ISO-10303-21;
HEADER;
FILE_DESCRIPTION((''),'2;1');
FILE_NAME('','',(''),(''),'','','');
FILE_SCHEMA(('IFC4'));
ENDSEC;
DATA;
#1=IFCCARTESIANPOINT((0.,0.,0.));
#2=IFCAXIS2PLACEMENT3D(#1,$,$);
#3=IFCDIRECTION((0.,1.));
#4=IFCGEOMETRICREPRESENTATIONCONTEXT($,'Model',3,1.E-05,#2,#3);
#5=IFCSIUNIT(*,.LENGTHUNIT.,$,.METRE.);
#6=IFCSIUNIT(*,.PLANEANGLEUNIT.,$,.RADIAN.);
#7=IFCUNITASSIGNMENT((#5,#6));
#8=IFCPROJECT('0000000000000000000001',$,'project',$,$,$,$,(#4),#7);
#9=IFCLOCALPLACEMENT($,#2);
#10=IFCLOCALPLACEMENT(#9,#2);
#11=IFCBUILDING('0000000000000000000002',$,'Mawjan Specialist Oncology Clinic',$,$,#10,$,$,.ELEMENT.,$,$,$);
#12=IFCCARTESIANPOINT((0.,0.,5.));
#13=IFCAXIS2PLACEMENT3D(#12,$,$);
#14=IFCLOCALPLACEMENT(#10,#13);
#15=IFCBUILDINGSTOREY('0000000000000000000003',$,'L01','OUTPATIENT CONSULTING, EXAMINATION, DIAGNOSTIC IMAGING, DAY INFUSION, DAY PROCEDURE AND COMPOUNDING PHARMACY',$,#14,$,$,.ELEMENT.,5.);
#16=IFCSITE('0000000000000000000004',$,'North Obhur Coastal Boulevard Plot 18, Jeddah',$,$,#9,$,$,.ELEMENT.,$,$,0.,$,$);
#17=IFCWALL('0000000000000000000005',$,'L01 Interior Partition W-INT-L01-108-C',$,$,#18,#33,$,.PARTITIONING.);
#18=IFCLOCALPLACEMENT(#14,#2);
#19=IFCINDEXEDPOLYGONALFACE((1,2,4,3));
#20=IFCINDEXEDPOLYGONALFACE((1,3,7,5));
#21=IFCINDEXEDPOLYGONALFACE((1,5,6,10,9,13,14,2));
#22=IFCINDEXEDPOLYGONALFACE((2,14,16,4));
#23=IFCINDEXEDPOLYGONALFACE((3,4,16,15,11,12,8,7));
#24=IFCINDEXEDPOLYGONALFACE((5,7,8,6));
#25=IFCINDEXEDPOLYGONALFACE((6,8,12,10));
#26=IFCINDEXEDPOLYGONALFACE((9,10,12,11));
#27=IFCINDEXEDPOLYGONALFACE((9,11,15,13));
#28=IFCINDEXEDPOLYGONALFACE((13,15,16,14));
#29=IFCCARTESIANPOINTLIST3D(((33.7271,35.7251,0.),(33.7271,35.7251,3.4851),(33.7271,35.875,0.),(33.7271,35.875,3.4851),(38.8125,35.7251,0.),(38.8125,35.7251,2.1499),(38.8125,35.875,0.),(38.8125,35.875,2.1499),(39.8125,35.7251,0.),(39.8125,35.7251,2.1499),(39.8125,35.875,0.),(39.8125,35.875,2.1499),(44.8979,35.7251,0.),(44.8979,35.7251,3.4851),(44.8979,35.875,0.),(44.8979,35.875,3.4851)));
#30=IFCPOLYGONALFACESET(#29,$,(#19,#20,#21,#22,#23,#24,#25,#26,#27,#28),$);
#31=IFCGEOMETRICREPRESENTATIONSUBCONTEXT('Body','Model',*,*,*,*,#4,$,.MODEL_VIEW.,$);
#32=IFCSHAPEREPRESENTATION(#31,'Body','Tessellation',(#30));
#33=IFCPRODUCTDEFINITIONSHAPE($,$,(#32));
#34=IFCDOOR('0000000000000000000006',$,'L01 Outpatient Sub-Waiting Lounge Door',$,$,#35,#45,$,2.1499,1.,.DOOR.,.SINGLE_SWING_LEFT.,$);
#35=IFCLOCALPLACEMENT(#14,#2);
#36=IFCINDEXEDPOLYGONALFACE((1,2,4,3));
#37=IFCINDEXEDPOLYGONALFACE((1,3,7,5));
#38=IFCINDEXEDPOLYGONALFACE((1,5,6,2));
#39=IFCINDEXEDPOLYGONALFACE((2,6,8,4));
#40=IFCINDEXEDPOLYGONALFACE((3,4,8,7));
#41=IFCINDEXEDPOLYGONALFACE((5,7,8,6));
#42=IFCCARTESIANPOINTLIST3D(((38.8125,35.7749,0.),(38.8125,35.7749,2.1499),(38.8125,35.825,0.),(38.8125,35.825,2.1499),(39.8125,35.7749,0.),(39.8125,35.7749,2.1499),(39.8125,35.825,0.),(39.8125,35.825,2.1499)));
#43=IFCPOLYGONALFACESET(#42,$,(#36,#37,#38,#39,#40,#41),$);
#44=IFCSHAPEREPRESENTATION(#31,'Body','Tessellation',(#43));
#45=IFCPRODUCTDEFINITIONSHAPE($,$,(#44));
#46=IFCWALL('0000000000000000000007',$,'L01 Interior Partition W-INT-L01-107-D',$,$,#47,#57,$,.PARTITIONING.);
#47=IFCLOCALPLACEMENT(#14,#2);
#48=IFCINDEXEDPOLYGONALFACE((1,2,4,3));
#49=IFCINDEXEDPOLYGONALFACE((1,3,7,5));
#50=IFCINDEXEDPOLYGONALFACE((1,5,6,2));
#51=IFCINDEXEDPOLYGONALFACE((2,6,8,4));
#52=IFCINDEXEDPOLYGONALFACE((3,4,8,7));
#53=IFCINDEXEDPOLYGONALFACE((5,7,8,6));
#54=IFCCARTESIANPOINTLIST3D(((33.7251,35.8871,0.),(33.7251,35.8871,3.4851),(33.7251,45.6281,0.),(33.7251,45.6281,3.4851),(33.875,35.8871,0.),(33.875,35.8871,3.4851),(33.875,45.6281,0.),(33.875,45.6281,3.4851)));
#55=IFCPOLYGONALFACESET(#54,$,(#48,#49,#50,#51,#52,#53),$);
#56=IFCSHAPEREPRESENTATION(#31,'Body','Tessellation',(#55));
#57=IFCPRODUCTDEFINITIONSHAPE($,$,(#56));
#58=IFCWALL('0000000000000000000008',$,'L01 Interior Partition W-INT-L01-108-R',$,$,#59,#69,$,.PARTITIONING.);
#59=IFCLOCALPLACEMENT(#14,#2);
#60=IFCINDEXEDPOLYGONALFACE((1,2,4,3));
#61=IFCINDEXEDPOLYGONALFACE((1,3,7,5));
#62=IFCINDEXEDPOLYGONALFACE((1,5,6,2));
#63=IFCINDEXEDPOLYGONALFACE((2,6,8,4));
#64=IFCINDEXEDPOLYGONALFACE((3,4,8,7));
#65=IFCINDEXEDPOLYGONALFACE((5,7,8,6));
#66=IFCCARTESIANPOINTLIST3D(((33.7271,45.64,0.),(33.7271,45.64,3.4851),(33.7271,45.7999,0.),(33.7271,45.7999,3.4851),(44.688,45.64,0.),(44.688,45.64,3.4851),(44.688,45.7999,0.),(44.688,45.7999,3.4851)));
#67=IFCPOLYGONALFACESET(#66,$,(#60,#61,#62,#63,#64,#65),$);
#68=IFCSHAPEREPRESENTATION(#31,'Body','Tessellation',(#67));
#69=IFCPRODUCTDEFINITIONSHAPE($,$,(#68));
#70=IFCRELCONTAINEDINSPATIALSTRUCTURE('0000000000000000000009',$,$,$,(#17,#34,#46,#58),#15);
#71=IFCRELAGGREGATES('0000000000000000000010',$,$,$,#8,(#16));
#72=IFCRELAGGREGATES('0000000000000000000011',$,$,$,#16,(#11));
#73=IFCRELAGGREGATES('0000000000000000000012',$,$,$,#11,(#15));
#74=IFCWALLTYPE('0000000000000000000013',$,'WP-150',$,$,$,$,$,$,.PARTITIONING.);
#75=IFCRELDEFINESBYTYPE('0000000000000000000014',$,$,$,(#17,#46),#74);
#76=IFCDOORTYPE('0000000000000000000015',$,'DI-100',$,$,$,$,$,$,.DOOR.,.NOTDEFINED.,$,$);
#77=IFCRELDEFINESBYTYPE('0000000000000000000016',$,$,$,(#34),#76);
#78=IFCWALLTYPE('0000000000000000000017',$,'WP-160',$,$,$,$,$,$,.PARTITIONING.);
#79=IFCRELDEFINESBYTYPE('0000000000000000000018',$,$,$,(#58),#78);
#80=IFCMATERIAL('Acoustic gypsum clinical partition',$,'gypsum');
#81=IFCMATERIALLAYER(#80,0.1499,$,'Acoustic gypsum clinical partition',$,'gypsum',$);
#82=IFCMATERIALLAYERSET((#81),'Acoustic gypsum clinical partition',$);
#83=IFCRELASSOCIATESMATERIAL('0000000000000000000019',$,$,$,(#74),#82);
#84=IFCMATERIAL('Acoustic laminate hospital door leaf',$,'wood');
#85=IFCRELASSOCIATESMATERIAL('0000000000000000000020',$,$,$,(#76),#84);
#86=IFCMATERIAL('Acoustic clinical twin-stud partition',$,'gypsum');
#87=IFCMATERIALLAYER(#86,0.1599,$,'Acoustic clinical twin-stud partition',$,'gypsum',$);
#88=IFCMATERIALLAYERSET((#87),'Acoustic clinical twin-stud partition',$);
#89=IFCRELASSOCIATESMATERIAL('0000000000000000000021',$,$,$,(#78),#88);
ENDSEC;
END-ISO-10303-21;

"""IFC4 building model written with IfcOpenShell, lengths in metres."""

from ifc_helpers import new_model, si_unit, direction, frame, frame_2d, origin, place, context, subcontext, project, spatial, rectangle, extrude, material, layer, layer_set, type_object, element, fill, save


model = new_model("IFC4")

# Units and contexts
model_context = context("Model", 3, precision=1e-05, world=origin(), true_north=direction((0.0, 1.0)))
body_context = subcontext(model_context, "Body", "Model", "MODEL_VIEW")
ifc_project = project(units=[si_unit("LENGTHUNIT", "METRE"), si_unit("PLANEANGLEUNIT", "RADIAN")], contexts=[model_context])

# Site, building, storey
site_placement = place(None, origin())
site = spatial("IfcSite", under=ifc_project, at=site_placement, Name="North Obhur Coastal Boulevard Plot 18, Jeddah", CompositionType="ELEMENT", RefElevation=0.0)
building_placement = place(site_placement, origin())
building = spatial("IfcBuilding", under=site, at=building_placement, Name="Mawjan Specialist Oncology Clinic", CompositionType="ELEMENT")
storey_placement = place(building_placement, frame((0.0, 0.0, 5.0)))
storey = spatial("IfcBuildingStorey", under=building, at=storey_placement, Name="L01", Description="OUTPATIENT CONSULTING, EXAMINATION, DIAGNOSTIC IMAGING, DAY INFUSION, DAY PROCEDURE AND COMPOUNDING PHARMACY", CompositionType="ELEMENT", Elevation=5.0)

# Wall, opening, door
ifc_material_1 = material(Name="Acoustic gypsum clinical partition", Category="gypsum")
ifc_layer_1 = layer(ifc_material_1, 0.1499, Name="Acoustic gypsum clinical partition", Category="gypsum")
ifc_layer_set_1 = layer_set([ifc_layer_1], Name="Acoustic gypsum clinical partition")
wall_type_1 = type_object("IfcWallType", Name="WP-150", PredefinedType="PARTITIONING", material=ifc_layer_set_1)
wall_1_placement = place(storey_placement, frame((33.7271, 35.8, 0.0), z_axis=(0.0, 0.0, 1.0), x_axis=(1.0, 0.0, 0.0)))
wall_1 = element("IfcWall", 1, at=wall_1_placement, inside=storey, type_object=wall_type_1, Name="L01 Interior Partition W-INT-L01-108-C", PredefinedType="PARTITIONING", context=body_context, shape_type="SweptSolid", body=[
    extrude(rectangle(XDim=11.1709, YDim=0.1499, at=frame_2d((5.5854, 0.0))), origin(), (0.0, 0.0, 1.0), 3.4851),
])
opening_placement = place(wall_1_placement, frame((5.0854, 0.0, 0.0)))
opening = element("IfcOpeningElement", 2, at=opening_placement, cuts=wall_1, PredefinedType="OPENING", context=body_context, shape_type="SweptSolid", body=[
    extrude(rectangle(XDim=1.0, YDim=2.1499, at=frame_2d((0.5, 1.075))), frame((0.0, 0.0869, 0.0), z_axis=(0.0, -1.0, 0.0), x_axis=(1.0, 0.0, 0.0)), (0.0, 0.0, 1.0), 0.1738),
])
ifc_material_2 = material(Name="Acoustic laminate hospital door leaf", Category="wood")
door_type = type_object("IfcDoorType", Name="DI-100", OperationType="NOTDEFINED", PredefinedType="DOOR", material=ifc_material_2)
door_placement = place(opening_placement, origin())
door = element("IfcDoor", 3, at=door_placement, inside=storey, type_object=door_type, Name="L01 Outpatient Sub-Waiting Lounge Door", OperationType="SINGLE_SWING_LEFT", OverallHeight=2.1499, OverallWidth=1.0, PredefinedType="DOOR", context=body_context, shape_type="SweptSolid", body=[
    extrude(rectangle(XDim=1.0, YDim=2.1499, at=frame_2d((0.5, 1.075))), frame((0.0, 0.0249, 0.0), z_axis=(0.0, -1.0, 0.0), x_axis=(1.0, 0.0, 0.0)), (0.0, 0.0, 1.0), 0.05),
])
fill(opening, door)

# Walls
wall_2_placement = place(storey_placement, frame((33.8, 35.887, 0.0), z_axis=(0.0, 0.0, 1.0), x_axis=(0.0, 1.0, 0.0)))
element("IfcWall", 4, at=wall_2_placement, inside=storey, type_object=wall_type_1, Name="L01 Interior Partition W-INT-L01-107-D", PredefinedType="PARTITIONING", context=body_context, shape_type="SweptSolid", body=[
    extrude(rectangle(XDim=9.741, YDim=0.1499, at=frame_2d((4.8706, 0.0))), origin(), (0.0, 0.0, 1.0), 3.4851),
])
ifc_material_3 = material(Name="Acoustic clinical twin-stud partition", Category="gypsum")
ifc_layer_2 = layer(ifc_material_3, 0.1599, Name="Acoustic clinical twin-stud partition", Category="gypsum")
ifc_layer_set_2 = layer_set([ifc_layer_2], Name="Acoustic clinical twin-stud partition")
wall_type_2 = type_object("IfcWallType", Name="WP-160", PredefinedType="PARTITIONING", material=ifc_layer_set_2)
wall_3_placement = place(storey_placement, frame((33.7271, 45.72, 0.0), z_axis=(0.0, 0.0, 1.0), x_axis=(1.0, 0.0, 0.0)))
element("IfcWall", 5, at=wall_3_placement, inside=storey, type_object=wall_type_2, Name="L01 Interior Partition W-INT-L01-108-R", PredefinedType="PARTITIONING", context=body_context, shape_type="SweptSolid", body=[
    extrude(rectangle(XDim=10.9609, YDim=0.1599, at=frame_2d((5.4805, 0.0))), origin(), (0.0, 0.0, 1.0), 3.4851),
])

save(model, "model.ifc")
